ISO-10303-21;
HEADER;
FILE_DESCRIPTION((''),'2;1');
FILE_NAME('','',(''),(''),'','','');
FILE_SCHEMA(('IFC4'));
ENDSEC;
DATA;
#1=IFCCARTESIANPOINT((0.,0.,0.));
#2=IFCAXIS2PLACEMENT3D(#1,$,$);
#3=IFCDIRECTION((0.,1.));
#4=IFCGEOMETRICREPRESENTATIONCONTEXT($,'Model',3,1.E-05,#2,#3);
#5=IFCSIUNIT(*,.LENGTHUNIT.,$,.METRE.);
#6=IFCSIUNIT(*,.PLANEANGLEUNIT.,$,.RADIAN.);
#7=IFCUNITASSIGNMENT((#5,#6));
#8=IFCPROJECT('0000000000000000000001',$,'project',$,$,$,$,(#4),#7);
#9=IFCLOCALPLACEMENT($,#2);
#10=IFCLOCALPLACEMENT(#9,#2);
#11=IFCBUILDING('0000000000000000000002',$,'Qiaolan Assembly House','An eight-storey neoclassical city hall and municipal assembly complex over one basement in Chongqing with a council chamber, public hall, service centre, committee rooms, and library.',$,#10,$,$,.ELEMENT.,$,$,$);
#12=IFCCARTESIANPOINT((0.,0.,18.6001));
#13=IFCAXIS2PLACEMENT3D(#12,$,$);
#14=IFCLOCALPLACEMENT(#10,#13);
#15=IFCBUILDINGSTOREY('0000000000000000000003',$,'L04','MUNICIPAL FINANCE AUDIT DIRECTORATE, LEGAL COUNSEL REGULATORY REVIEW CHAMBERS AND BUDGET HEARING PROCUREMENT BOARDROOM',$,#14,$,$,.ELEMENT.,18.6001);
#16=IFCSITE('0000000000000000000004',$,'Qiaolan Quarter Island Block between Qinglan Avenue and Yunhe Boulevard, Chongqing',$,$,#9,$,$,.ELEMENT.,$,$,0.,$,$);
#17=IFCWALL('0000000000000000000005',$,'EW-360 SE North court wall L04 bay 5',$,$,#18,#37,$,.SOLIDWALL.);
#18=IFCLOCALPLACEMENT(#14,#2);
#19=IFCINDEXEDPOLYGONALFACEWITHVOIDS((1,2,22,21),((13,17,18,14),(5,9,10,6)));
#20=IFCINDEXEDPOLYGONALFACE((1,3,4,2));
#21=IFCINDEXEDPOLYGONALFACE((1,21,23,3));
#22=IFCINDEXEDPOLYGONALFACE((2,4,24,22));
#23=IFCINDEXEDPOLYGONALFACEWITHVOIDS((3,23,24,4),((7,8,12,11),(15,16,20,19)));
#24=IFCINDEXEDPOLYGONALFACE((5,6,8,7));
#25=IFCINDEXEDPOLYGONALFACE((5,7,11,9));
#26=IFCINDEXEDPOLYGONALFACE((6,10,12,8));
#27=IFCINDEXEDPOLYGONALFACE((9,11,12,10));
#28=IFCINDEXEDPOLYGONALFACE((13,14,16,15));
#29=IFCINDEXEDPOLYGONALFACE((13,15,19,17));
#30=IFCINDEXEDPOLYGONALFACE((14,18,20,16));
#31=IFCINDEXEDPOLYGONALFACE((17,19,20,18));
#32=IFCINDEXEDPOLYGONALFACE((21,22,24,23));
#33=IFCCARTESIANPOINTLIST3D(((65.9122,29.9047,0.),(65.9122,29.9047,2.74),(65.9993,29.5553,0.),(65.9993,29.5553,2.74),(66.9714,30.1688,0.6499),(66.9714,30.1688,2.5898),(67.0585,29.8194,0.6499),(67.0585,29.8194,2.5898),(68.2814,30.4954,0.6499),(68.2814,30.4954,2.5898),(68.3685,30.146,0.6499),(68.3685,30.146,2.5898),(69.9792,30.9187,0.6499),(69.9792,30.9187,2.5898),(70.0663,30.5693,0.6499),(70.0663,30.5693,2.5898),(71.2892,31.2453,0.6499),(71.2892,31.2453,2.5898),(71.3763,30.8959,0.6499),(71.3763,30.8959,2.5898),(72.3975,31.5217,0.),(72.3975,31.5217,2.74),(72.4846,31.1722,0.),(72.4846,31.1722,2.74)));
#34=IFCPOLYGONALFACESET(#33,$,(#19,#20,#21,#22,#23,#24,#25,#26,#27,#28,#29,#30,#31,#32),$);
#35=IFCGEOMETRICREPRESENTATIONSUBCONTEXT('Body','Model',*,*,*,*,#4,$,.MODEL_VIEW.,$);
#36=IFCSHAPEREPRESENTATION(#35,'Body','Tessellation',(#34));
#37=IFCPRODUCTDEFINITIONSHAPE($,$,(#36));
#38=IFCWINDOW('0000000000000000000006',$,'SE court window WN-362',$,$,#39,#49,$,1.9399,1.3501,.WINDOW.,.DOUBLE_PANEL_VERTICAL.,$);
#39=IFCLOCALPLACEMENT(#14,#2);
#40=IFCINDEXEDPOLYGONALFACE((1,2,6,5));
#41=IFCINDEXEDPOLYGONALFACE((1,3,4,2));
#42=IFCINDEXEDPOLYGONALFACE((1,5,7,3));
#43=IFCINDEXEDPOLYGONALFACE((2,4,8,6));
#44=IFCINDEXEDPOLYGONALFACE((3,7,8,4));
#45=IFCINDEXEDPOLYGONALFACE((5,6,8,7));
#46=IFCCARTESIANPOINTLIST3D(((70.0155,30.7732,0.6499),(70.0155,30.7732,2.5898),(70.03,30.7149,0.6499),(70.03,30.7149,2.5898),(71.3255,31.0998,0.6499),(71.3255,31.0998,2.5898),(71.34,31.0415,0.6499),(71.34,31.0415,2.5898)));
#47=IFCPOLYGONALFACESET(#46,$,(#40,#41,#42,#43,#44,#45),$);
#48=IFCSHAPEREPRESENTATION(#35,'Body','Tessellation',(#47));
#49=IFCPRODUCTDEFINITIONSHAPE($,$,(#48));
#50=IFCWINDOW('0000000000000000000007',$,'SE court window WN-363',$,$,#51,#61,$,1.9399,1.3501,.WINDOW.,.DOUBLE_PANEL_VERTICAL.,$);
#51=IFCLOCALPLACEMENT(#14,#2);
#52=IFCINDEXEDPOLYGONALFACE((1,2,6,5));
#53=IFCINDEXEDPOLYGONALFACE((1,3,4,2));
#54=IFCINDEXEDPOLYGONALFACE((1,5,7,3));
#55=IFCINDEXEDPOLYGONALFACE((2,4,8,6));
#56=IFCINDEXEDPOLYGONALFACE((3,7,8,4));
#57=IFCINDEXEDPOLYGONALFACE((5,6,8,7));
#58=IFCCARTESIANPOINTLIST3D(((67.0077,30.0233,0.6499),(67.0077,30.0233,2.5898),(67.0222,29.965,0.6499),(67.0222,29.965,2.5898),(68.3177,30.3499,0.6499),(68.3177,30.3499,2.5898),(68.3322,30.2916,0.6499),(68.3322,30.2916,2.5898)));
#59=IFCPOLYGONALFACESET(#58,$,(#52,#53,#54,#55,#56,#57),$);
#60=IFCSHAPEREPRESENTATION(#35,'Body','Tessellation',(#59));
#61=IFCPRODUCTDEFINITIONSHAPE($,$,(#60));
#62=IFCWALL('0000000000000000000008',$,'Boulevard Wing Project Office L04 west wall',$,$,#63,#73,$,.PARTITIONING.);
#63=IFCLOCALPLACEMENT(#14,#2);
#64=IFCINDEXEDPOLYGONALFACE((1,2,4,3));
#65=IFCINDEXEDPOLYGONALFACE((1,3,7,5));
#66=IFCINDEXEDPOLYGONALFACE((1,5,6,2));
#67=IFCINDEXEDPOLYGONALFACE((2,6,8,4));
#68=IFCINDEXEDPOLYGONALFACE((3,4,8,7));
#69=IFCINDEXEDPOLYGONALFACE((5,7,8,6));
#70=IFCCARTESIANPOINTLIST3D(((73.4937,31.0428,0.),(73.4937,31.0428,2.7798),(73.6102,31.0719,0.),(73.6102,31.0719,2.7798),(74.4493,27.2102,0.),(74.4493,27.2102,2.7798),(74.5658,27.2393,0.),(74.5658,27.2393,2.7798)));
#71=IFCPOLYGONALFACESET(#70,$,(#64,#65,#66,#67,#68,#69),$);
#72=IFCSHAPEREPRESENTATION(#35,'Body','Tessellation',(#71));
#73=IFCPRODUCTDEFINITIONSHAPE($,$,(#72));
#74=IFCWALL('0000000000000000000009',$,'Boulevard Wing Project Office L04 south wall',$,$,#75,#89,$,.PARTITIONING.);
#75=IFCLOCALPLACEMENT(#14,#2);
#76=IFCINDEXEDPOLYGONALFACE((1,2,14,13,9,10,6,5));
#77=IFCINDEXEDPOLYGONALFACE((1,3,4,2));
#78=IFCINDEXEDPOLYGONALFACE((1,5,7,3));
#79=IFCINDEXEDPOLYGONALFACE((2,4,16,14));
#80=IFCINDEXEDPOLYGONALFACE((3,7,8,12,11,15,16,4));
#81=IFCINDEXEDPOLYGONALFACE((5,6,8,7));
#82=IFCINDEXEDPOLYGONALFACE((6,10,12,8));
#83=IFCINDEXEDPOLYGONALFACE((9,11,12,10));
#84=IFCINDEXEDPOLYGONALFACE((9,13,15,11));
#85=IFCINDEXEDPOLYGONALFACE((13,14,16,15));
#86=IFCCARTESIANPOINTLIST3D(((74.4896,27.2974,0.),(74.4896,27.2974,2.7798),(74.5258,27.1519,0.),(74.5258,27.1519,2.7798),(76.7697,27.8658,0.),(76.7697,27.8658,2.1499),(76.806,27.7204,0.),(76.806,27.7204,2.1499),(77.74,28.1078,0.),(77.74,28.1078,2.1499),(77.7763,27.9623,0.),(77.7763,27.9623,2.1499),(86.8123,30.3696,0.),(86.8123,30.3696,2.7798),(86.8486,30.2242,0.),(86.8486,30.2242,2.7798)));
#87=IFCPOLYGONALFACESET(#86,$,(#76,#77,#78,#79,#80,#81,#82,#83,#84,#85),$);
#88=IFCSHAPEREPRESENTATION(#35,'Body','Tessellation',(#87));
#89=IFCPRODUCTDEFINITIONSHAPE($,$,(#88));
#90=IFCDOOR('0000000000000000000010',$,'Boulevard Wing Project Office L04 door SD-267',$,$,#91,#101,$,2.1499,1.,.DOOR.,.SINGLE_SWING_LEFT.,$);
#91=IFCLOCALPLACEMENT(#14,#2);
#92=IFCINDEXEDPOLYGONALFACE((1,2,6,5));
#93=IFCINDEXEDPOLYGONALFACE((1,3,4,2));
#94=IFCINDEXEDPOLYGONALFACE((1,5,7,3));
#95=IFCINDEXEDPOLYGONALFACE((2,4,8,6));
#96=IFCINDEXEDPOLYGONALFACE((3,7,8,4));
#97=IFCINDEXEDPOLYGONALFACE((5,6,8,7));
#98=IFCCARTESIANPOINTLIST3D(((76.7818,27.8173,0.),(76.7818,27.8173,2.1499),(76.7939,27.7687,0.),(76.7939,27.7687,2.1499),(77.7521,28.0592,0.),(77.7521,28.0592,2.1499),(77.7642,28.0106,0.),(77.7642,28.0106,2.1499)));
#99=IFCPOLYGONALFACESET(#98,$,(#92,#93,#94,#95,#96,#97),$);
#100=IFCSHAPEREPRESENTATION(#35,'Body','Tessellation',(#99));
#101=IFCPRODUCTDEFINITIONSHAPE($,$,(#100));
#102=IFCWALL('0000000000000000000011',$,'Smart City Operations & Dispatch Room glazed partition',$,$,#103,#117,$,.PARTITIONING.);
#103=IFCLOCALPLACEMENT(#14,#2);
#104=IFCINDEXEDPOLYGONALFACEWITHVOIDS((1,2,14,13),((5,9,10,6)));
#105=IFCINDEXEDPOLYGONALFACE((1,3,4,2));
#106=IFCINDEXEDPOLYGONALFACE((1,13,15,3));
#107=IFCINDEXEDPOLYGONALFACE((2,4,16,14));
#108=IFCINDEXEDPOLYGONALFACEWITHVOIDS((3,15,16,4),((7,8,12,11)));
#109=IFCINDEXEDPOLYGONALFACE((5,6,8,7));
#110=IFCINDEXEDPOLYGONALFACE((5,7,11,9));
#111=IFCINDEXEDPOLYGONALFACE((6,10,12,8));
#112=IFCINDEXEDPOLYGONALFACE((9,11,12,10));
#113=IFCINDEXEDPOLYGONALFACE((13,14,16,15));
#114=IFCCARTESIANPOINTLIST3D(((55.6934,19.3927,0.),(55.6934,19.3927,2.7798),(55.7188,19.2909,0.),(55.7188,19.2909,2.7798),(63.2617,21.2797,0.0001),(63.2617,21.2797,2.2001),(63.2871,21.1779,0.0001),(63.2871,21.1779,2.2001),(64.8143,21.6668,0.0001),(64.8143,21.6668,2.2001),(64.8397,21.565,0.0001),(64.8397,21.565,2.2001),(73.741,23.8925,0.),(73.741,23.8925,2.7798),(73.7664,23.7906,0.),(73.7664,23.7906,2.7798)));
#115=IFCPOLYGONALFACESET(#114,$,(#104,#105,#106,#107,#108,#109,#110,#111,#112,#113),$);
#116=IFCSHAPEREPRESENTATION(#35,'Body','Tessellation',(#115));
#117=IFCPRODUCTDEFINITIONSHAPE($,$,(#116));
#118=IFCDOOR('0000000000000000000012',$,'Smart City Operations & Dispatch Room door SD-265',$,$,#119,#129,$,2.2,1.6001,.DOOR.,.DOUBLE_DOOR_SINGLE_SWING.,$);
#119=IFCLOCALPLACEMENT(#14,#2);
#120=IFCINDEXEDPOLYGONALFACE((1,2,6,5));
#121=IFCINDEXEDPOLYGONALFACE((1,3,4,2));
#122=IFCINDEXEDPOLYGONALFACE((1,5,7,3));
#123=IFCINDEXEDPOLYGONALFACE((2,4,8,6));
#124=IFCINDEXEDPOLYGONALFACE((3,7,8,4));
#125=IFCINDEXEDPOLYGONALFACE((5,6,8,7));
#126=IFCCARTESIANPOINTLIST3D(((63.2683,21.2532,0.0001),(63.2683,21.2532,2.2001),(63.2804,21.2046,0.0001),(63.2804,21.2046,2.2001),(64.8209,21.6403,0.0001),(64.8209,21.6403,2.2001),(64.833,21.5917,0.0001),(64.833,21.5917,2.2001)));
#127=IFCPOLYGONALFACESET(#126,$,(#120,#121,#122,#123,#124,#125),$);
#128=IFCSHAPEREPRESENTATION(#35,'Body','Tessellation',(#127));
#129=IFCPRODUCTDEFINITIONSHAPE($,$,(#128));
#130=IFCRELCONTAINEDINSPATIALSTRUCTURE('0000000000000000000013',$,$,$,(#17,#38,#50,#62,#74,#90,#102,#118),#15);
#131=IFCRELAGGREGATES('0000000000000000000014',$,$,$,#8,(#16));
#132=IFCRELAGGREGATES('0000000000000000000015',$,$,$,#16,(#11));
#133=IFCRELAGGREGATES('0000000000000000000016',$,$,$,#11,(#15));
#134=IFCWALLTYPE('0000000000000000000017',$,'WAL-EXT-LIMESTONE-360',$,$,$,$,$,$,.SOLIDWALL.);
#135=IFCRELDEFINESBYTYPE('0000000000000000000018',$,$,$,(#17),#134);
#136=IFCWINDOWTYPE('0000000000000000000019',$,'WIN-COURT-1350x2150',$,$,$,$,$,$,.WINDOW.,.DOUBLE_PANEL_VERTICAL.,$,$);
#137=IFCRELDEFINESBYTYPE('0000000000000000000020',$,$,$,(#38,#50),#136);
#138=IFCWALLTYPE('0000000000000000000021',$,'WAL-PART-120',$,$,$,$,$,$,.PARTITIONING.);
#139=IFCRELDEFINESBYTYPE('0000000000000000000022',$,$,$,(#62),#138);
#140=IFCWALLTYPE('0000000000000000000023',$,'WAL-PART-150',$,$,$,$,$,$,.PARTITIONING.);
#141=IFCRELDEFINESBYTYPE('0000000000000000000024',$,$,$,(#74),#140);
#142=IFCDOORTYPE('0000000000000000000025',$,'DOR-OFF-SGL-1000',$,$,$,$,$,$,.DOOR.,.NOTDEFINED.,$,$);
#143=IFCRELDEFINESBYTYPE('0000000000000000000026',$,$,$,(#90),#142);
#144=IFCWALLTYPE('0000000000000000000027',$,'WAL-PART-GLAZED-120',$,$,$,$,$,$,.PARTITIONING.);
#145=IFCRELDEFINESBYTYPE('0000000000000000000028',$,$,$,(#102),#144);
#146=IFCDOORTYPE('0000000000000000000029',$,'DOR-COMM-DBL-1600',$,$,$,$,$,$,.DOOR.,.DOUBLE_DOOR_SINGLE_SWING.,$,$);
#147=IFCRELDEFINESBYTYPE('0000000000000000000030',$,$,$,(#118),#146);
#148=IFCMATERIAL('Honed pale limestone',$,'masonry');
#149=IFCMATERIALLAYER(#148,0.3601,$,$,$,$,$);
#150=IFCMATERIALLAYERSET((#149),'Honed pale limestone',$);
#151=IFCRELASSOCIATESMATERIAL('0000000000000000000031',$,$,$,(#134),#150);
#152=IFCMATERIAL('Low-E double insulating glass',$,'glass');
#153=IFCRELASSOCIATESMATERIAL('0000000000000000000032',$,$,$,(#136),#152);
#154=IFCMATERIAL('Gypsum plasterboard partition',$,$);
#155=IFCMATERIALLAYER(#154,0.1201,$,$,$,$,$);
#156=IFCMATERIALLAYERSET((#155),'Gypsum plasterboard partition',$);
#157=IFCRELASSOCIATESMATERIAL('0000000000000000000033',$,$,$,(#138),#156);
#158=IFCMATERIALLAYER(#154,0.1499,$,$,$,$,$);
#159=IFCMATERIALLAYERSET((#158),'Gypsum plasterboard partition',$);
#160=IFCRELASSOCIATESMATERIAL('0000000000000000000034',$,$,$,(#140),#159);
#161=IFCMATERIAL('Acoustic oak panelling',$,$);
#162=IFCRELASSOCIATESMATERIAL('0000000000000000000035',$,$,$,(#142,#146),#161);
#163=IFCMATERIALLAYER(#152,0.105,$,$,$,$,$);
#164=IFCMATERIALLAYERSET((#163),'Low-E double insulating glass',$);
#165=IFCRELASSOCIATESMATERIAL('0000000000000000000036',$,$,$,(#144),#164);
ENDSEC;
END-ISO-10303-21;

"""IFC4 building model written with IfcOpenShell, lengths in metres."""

from ifc_helpers import new_model, si_unit, direction, frame, frame_2d, origin, place, context, subcontext, project, spatial, rectangle, extrude, material, layer, layer_set, type_object, element, fill, save


model = new_model("IFC4")

# Units and contexts
model_context = context("Model", 3, precision=1e-05, world=origin(), true_north=direction((0.0, 1.0)))
body_context = subcontext(model_context, "Body", "Model", "MODEL_VIEW")
ifc_project = project(units=[si_unit("LENGTHUNIT", "METRE"), si_unit("PLANEANGLEUNIT", "RADIAN")], contexts=[model_context])

# Site, building, storey
site_placement = place(None, origin())
site = spatial("IfcSite", under=ifc_project, at=site_placement, Name="Qiaolan Quarter Island Block between Qinglan Avenue and Yunhe Boulevard, Chongqing", CompositionType="ELEMENT", RefElevation=0.0)
building_placement = place(site_placement, origin())
building = spatial("IfcBuilding", under=site, at=building_placement, Name="Qiaolan Assembly House", Description="An eight-storey neoclassical city hall and municipal assembly complex over one basement in Chongqing with a council chamber, public hall, service centre, committee rooms, and library.", CompositionType="ELEMENT")
storey_placement = place(building_placement, frame((0.0, 0.0, 18.6001)))
storey = spatial("IfcBuildingStorey", under=building, at=storey_placement, Name="L04", Description="MUNICIPAL FINANCE AUDIT DIRECTORATE, LEGAL COUNSEL REGULATORY REVIEW CHAMBERS AND BUDGET HEARING PROCUREMENT BOARDROOM", CompositionType="ELEMENT", Elevation=18.6001)

# Wall, openings, windows
ifc_material_1 = material(Name="Honed pale limestone", Category="masonry")
ifc_layer_1 = layer(ifc_material_1, 0.3601)
ifc_layer_set_1 = layer_set([ifc_layer_1], Name="Honed pale limestone")
wall_type_1 = type_object("IfcWallType", Name="WAL-EXT-LIMESTONE-360", PredefinedType="SOLIDWALL", material=ifc_layer_set_1)
wall_1_placement = place(storey_placement, frame((72.4409, 31.3469, 0.0), z_axis=(0.0, 0.0, 1.0), x_axis=(-0.970297, -0.241917, 0.0)))
wall_1 = element("IfcWall", 1, at=wall_1_placement, inside=storey, type_object=wall_type_1, Name="EW-360 SE North court wall L04 bay 5", PredefinedType="SOLIDWALL", context=body_context, shape_type="SweptSolid", body=[
    extrude(rectangle(XDim=6.6838, YDim=0.3601, at=frame_2d((3.3418, 0.0))), origin(), (0.0, 0.0, 1.0), 2.74),
])
opening_1_placement = place(wall_1_placement, frame((1.1421, 0.0, 0.6499)))
opening_1 = element("IfcOpeningElement", 2, at=opening_1_placement, cuts=wall_1, PredefinedType="OPENING", context=body_context, shape_type="SweptSolid", body=[
    extrude(rectangle(XDim=1.3501, YDim=1.9399, at=frame_2d((0.675, 0.97))), frame((0.0, 0.1899, 0.0), z_axis=(0.0, -1.0, 0.0), x_axis=(1.0, 0.0, 0.0)), (0.0, 0.0, 1.0), 0.3801),
])
opening_2_placement = place(wall_1_placement, frame((4.2419, 0.0, 0.6499)))
opening_2 = element("IfcOpeningElement", 3, at=opening_2_placement, cuts=wall_1, PredefinedType="OPENING", context=body_context, shape_type="SweptSolid", body=[
    extrude(rectangle(XDim=1.3501, YDim=1.9399, at=frame_2d((0.675, 0.97))), frame((0.0, 0.1899, 0.0), z_axis=(0.0, -1.0, 0.0), x_axis=(1.0, 0.0, 0.0)), (0.0, 0.0, 1.0), 0.3801),
])
ifc_material_2 = material(Name="Low-E double insulating glass", Category="glass")
window_type = type_object("IfcWindowType", Name="WIN-COURT-1350x2150", PartitioningType="DOUBLE_PANEL_VERTICAL", PredefinedType="WINDOW", material=ifc_material_2)
window_1_placement = place(opening_1_placement, origin())
window_1 = element("IfcWindow", 4, at=window_1_placement, inside=storey, type_object=window_type, Name="SE court window WN-362", OverallHeight=1.9399, OverallWidth=1.3501, PartitioningType="DOUBLE_PANEL_VERTICAL", PredefinedType="WINDOW", context=body_context, shape_type="SweptSolid", body=[
    extrude(rectangle(XDim=1.3501, YDim=1.9399, at=frame_2d((0.675, 0.97))), frame((0.0, 0.03, 0.0), z_axis=(0.0, -1.0, 0.0), x_axis=(1.0, 0.0, 0.0)), (0.0, 0.0, 1.0), 0.0601),
])
fill(opening_1, window_1)
window_2_placement = place(opening_2_placement, origin())
window_2 = element("IfcWindow", 5, at=window_2_placement, inside=storey, type_object=window_type, Name="SE court window WN-363", OverallHeight=1.9399, OverallWidth=1.3501, PartitioningType="DOUBLE_PANEL_VERTICAL", PredefinedType="WINDOW", context=body_context, shape_type="SweptSolid", body=[
    extrude(rectangle(XDim=1.3501, YDim=1.9399, at=frame_2d((0.675, 0.97))), frame((0.0, 0.03, 0.0), z_axis=(0.0, -1.0, 0.0), x_axis=(1.0, 0.0, 0.0)), (0.0, 0.0, 1.0), 0.0601),
])
fill(opening_2, window_2)

# Wall
ifc_material_3 = material(Name="Gypsum plasterboard partition")
ifc_layer_2 = layer(ifc_material_3, 0.1201)
ifc_layer_set_2 = layer_set([ifc_layer_2], Name="Gypsum plasterboard partition")
wall_type_2 = type_object("IfcWallType", Name="WAL-PART-120", PredefinedType="PARTITIONING", material=ifc_layer_set_2)
wall_2_placement = place(storey_placement, frame((74.5076, 27.2246, 0.0), z_axis=(0.0, 0.0, 1.0), x_axis=(-0.241925, 0.970295, 0.0)))
element("IfcWall", 6, at=wall_2_placement, inside=storey, type_object=wall_type_2, Name="Boulevard Wing Project Office L04 west wall", PredefinedType="PARTITIONING", context=body_context, shape_type="SweptSolid", body=[
    extrude(rectangle(XDim=3.95, YDim=0.1201, at=frame_2d((1.9751, 0.0))), origin(), (0.0, 0.0, 1.0), 2.7798),
])

# Walls, openings, doors
ifc_layer_3 = layer(ifc_material_3, 0.1499)
ifc_layer_set_3 = layer_set([ifc_layer_3], Name="Gypsum plasterboard partition")
wall_type_3 = type_object("IfcWallType", Name="WAL-PART-150", PredefinedType="PARTITIONING", material=ifc_layer_set_3)
wall_3_placement = place(storey_placement, frame((74.5076, 27.2246, 0.0), z_axis=(0.0, 0.0, 1.0), x_axis=(0.970298, 0.241911, 0.0)))
wall_3 = element("IfcWall", 7, at=wall_3_placement, inside=storey, type_object=wall_type_3, Name="Boulevard Wing Project Office L04 south wall", PredefinedType="PARTITIONING", context=body_context, shape_type="SweptSolid", body=[
    extrude(rectangle(XDim=12.7, YDim=0.1499, at=frame_2d((6.3501, 0.0))), origin(), (0.0, 0.0, 1.0), 2.7798),
])
opening_3_placement = place(wall_3_placement, frame((2.3501, 0.0, 0.0)))
opening_3 = element("IfcOpeningElement", 8, at=opening_3_placement, cuts=wall_3, PredefinedType="OPENING", context=body_context, shape_type="SweptSolid", body=[
    extrude(rectangle(XDim=1.0, YDim=2.1499, at=frame_2d((0.5, 1.075))), frame((0.0, 0.085, 0.0), z_axis=(0.0, -1.0, 0.0), x_axis=(1.0, 0.0, 0.0)), (0.0, 0.0, 1.0), 0.1699),
])
ifc_material_4 = material(Name="Acoustic oak panelling")
door_type_1 = type_object("IfcDoorType", Name="DOR-OFF-SGL-1000", OperationType="NOTDEFINED", PredefinedType="DOOR", material=ifc_material_4)
door_1_placement = place(opening_3_placement, origin())
door_1 = element("IfcDoor", 9, at=door_1_placement, inside=storey, type_object=door_type_1, Name="Boulevard Wing Project Office L04 door SD-267", OperationType="SINGLE_SWING_LEFT", OverallHeight=2.1499, OverallWidth=1.0, PredefinedType="DOOR", context=body_context, shape_type="SweptSolid", body=[
    extrude(rectangle(XDim=1.0, YDim=2.1499, at=frame_2d((0.5, 1.075))), frame((0.0, 0.0249, 0.0), z_axis=(0.0, -1.0, 0.0), x_axis=(1.0, 0.0, 0.0)), (0.0, 0.0, 1.0), 0.05),
])
fill(opening_3, door_1)
ifc_layer_4 = layer(ifc_material_2, 0.105)
ifc_layer_set_4 = layer_set([ifc_layer_4], Name="Low-E double insulating glass")
wall_type_4 = type_object("IfcWallType", Name="WAL-PART-GLAZED-120", PredefinedType="PARTITIONING", material=ifc_layer_set_4)
wall_4_placement = place(storey_placement, frame((73.7537, 23.8416, 0.0), z_axis=(0.0, 0.0, 1.0), x_axis=(-0.970296, -0.241921, 0.0)))
wall_4 = element("IfcWall", 10, at=wall_4_placement, inside=storey, type_object=wall_type_4, Name="Smart City Operations & Dispatch Room glazed partition", PredefinedType="PARTITIONING", context=body_context, shape_type="SweptSolid", body=[
    extrude(rectangle(XDim=18.6001, YDim=0.105, at=frame_2d((9.3, 0.0))), origin(), (0.0, 0.0, 1.0), 2.7798),
])
opening_4_placement = place(wall_4_placement, frame((9.2, 0.0, 0.0)))
opening_4 = element("IfcOpeningElement", 11, at=opening_4_placement, cuts=wall_4, PredefinedType="OPENING", context=body_context, shape_type="SweptSolid", body=[
    extrude(rectangle(XDim=1.6001, YDim=2.2, at=frame_2d((0.8, 1.1001))), frame((0.0, 0.0625, 0.0), z_axis=(0.0, -1.0, 0.0), x_axis=(1.0, 0.0, 0.0)), (0.0, 0.0, 1.0), 0.125),
])
door_type_2 = type_object("IfcDoorType", Name="DOR-COMM-DBL-1600", OperationType="DOUBLE_DOOR_SINGLE_SWING", PredefinedType="DOOR", material=ifc_material_4)
door_2_placement = place(opening_4_placement, origin())
door_2 = element("IfcDoor", 12, at=door_2_placement, inside=storey, type_object=door_type_2, Name="Smart City Operations & Dispatch Room door SD-265", OperationType="DOUBLE_DOOR_SINGLE_SWING", OverallHeight=2.2, OverallWidth=1.6001, PredefinedType="DOOR", context=body_context, shape_type="SweptSolid", body=[
    extrude(rectangle(XDim=1.6001, YDim=2.2, at=frame_2d((0.8, 1.1001))), frame((0.0, 0.0249, 0.0), z_axis=(0.0, -1.0, 0.0), x_axis=(1.0, 0.0, 0.0)), (0.0, 0.0, 1.0), 0.05),
])
fill(opening_4, door_2)

save(model, "model.ifc")
